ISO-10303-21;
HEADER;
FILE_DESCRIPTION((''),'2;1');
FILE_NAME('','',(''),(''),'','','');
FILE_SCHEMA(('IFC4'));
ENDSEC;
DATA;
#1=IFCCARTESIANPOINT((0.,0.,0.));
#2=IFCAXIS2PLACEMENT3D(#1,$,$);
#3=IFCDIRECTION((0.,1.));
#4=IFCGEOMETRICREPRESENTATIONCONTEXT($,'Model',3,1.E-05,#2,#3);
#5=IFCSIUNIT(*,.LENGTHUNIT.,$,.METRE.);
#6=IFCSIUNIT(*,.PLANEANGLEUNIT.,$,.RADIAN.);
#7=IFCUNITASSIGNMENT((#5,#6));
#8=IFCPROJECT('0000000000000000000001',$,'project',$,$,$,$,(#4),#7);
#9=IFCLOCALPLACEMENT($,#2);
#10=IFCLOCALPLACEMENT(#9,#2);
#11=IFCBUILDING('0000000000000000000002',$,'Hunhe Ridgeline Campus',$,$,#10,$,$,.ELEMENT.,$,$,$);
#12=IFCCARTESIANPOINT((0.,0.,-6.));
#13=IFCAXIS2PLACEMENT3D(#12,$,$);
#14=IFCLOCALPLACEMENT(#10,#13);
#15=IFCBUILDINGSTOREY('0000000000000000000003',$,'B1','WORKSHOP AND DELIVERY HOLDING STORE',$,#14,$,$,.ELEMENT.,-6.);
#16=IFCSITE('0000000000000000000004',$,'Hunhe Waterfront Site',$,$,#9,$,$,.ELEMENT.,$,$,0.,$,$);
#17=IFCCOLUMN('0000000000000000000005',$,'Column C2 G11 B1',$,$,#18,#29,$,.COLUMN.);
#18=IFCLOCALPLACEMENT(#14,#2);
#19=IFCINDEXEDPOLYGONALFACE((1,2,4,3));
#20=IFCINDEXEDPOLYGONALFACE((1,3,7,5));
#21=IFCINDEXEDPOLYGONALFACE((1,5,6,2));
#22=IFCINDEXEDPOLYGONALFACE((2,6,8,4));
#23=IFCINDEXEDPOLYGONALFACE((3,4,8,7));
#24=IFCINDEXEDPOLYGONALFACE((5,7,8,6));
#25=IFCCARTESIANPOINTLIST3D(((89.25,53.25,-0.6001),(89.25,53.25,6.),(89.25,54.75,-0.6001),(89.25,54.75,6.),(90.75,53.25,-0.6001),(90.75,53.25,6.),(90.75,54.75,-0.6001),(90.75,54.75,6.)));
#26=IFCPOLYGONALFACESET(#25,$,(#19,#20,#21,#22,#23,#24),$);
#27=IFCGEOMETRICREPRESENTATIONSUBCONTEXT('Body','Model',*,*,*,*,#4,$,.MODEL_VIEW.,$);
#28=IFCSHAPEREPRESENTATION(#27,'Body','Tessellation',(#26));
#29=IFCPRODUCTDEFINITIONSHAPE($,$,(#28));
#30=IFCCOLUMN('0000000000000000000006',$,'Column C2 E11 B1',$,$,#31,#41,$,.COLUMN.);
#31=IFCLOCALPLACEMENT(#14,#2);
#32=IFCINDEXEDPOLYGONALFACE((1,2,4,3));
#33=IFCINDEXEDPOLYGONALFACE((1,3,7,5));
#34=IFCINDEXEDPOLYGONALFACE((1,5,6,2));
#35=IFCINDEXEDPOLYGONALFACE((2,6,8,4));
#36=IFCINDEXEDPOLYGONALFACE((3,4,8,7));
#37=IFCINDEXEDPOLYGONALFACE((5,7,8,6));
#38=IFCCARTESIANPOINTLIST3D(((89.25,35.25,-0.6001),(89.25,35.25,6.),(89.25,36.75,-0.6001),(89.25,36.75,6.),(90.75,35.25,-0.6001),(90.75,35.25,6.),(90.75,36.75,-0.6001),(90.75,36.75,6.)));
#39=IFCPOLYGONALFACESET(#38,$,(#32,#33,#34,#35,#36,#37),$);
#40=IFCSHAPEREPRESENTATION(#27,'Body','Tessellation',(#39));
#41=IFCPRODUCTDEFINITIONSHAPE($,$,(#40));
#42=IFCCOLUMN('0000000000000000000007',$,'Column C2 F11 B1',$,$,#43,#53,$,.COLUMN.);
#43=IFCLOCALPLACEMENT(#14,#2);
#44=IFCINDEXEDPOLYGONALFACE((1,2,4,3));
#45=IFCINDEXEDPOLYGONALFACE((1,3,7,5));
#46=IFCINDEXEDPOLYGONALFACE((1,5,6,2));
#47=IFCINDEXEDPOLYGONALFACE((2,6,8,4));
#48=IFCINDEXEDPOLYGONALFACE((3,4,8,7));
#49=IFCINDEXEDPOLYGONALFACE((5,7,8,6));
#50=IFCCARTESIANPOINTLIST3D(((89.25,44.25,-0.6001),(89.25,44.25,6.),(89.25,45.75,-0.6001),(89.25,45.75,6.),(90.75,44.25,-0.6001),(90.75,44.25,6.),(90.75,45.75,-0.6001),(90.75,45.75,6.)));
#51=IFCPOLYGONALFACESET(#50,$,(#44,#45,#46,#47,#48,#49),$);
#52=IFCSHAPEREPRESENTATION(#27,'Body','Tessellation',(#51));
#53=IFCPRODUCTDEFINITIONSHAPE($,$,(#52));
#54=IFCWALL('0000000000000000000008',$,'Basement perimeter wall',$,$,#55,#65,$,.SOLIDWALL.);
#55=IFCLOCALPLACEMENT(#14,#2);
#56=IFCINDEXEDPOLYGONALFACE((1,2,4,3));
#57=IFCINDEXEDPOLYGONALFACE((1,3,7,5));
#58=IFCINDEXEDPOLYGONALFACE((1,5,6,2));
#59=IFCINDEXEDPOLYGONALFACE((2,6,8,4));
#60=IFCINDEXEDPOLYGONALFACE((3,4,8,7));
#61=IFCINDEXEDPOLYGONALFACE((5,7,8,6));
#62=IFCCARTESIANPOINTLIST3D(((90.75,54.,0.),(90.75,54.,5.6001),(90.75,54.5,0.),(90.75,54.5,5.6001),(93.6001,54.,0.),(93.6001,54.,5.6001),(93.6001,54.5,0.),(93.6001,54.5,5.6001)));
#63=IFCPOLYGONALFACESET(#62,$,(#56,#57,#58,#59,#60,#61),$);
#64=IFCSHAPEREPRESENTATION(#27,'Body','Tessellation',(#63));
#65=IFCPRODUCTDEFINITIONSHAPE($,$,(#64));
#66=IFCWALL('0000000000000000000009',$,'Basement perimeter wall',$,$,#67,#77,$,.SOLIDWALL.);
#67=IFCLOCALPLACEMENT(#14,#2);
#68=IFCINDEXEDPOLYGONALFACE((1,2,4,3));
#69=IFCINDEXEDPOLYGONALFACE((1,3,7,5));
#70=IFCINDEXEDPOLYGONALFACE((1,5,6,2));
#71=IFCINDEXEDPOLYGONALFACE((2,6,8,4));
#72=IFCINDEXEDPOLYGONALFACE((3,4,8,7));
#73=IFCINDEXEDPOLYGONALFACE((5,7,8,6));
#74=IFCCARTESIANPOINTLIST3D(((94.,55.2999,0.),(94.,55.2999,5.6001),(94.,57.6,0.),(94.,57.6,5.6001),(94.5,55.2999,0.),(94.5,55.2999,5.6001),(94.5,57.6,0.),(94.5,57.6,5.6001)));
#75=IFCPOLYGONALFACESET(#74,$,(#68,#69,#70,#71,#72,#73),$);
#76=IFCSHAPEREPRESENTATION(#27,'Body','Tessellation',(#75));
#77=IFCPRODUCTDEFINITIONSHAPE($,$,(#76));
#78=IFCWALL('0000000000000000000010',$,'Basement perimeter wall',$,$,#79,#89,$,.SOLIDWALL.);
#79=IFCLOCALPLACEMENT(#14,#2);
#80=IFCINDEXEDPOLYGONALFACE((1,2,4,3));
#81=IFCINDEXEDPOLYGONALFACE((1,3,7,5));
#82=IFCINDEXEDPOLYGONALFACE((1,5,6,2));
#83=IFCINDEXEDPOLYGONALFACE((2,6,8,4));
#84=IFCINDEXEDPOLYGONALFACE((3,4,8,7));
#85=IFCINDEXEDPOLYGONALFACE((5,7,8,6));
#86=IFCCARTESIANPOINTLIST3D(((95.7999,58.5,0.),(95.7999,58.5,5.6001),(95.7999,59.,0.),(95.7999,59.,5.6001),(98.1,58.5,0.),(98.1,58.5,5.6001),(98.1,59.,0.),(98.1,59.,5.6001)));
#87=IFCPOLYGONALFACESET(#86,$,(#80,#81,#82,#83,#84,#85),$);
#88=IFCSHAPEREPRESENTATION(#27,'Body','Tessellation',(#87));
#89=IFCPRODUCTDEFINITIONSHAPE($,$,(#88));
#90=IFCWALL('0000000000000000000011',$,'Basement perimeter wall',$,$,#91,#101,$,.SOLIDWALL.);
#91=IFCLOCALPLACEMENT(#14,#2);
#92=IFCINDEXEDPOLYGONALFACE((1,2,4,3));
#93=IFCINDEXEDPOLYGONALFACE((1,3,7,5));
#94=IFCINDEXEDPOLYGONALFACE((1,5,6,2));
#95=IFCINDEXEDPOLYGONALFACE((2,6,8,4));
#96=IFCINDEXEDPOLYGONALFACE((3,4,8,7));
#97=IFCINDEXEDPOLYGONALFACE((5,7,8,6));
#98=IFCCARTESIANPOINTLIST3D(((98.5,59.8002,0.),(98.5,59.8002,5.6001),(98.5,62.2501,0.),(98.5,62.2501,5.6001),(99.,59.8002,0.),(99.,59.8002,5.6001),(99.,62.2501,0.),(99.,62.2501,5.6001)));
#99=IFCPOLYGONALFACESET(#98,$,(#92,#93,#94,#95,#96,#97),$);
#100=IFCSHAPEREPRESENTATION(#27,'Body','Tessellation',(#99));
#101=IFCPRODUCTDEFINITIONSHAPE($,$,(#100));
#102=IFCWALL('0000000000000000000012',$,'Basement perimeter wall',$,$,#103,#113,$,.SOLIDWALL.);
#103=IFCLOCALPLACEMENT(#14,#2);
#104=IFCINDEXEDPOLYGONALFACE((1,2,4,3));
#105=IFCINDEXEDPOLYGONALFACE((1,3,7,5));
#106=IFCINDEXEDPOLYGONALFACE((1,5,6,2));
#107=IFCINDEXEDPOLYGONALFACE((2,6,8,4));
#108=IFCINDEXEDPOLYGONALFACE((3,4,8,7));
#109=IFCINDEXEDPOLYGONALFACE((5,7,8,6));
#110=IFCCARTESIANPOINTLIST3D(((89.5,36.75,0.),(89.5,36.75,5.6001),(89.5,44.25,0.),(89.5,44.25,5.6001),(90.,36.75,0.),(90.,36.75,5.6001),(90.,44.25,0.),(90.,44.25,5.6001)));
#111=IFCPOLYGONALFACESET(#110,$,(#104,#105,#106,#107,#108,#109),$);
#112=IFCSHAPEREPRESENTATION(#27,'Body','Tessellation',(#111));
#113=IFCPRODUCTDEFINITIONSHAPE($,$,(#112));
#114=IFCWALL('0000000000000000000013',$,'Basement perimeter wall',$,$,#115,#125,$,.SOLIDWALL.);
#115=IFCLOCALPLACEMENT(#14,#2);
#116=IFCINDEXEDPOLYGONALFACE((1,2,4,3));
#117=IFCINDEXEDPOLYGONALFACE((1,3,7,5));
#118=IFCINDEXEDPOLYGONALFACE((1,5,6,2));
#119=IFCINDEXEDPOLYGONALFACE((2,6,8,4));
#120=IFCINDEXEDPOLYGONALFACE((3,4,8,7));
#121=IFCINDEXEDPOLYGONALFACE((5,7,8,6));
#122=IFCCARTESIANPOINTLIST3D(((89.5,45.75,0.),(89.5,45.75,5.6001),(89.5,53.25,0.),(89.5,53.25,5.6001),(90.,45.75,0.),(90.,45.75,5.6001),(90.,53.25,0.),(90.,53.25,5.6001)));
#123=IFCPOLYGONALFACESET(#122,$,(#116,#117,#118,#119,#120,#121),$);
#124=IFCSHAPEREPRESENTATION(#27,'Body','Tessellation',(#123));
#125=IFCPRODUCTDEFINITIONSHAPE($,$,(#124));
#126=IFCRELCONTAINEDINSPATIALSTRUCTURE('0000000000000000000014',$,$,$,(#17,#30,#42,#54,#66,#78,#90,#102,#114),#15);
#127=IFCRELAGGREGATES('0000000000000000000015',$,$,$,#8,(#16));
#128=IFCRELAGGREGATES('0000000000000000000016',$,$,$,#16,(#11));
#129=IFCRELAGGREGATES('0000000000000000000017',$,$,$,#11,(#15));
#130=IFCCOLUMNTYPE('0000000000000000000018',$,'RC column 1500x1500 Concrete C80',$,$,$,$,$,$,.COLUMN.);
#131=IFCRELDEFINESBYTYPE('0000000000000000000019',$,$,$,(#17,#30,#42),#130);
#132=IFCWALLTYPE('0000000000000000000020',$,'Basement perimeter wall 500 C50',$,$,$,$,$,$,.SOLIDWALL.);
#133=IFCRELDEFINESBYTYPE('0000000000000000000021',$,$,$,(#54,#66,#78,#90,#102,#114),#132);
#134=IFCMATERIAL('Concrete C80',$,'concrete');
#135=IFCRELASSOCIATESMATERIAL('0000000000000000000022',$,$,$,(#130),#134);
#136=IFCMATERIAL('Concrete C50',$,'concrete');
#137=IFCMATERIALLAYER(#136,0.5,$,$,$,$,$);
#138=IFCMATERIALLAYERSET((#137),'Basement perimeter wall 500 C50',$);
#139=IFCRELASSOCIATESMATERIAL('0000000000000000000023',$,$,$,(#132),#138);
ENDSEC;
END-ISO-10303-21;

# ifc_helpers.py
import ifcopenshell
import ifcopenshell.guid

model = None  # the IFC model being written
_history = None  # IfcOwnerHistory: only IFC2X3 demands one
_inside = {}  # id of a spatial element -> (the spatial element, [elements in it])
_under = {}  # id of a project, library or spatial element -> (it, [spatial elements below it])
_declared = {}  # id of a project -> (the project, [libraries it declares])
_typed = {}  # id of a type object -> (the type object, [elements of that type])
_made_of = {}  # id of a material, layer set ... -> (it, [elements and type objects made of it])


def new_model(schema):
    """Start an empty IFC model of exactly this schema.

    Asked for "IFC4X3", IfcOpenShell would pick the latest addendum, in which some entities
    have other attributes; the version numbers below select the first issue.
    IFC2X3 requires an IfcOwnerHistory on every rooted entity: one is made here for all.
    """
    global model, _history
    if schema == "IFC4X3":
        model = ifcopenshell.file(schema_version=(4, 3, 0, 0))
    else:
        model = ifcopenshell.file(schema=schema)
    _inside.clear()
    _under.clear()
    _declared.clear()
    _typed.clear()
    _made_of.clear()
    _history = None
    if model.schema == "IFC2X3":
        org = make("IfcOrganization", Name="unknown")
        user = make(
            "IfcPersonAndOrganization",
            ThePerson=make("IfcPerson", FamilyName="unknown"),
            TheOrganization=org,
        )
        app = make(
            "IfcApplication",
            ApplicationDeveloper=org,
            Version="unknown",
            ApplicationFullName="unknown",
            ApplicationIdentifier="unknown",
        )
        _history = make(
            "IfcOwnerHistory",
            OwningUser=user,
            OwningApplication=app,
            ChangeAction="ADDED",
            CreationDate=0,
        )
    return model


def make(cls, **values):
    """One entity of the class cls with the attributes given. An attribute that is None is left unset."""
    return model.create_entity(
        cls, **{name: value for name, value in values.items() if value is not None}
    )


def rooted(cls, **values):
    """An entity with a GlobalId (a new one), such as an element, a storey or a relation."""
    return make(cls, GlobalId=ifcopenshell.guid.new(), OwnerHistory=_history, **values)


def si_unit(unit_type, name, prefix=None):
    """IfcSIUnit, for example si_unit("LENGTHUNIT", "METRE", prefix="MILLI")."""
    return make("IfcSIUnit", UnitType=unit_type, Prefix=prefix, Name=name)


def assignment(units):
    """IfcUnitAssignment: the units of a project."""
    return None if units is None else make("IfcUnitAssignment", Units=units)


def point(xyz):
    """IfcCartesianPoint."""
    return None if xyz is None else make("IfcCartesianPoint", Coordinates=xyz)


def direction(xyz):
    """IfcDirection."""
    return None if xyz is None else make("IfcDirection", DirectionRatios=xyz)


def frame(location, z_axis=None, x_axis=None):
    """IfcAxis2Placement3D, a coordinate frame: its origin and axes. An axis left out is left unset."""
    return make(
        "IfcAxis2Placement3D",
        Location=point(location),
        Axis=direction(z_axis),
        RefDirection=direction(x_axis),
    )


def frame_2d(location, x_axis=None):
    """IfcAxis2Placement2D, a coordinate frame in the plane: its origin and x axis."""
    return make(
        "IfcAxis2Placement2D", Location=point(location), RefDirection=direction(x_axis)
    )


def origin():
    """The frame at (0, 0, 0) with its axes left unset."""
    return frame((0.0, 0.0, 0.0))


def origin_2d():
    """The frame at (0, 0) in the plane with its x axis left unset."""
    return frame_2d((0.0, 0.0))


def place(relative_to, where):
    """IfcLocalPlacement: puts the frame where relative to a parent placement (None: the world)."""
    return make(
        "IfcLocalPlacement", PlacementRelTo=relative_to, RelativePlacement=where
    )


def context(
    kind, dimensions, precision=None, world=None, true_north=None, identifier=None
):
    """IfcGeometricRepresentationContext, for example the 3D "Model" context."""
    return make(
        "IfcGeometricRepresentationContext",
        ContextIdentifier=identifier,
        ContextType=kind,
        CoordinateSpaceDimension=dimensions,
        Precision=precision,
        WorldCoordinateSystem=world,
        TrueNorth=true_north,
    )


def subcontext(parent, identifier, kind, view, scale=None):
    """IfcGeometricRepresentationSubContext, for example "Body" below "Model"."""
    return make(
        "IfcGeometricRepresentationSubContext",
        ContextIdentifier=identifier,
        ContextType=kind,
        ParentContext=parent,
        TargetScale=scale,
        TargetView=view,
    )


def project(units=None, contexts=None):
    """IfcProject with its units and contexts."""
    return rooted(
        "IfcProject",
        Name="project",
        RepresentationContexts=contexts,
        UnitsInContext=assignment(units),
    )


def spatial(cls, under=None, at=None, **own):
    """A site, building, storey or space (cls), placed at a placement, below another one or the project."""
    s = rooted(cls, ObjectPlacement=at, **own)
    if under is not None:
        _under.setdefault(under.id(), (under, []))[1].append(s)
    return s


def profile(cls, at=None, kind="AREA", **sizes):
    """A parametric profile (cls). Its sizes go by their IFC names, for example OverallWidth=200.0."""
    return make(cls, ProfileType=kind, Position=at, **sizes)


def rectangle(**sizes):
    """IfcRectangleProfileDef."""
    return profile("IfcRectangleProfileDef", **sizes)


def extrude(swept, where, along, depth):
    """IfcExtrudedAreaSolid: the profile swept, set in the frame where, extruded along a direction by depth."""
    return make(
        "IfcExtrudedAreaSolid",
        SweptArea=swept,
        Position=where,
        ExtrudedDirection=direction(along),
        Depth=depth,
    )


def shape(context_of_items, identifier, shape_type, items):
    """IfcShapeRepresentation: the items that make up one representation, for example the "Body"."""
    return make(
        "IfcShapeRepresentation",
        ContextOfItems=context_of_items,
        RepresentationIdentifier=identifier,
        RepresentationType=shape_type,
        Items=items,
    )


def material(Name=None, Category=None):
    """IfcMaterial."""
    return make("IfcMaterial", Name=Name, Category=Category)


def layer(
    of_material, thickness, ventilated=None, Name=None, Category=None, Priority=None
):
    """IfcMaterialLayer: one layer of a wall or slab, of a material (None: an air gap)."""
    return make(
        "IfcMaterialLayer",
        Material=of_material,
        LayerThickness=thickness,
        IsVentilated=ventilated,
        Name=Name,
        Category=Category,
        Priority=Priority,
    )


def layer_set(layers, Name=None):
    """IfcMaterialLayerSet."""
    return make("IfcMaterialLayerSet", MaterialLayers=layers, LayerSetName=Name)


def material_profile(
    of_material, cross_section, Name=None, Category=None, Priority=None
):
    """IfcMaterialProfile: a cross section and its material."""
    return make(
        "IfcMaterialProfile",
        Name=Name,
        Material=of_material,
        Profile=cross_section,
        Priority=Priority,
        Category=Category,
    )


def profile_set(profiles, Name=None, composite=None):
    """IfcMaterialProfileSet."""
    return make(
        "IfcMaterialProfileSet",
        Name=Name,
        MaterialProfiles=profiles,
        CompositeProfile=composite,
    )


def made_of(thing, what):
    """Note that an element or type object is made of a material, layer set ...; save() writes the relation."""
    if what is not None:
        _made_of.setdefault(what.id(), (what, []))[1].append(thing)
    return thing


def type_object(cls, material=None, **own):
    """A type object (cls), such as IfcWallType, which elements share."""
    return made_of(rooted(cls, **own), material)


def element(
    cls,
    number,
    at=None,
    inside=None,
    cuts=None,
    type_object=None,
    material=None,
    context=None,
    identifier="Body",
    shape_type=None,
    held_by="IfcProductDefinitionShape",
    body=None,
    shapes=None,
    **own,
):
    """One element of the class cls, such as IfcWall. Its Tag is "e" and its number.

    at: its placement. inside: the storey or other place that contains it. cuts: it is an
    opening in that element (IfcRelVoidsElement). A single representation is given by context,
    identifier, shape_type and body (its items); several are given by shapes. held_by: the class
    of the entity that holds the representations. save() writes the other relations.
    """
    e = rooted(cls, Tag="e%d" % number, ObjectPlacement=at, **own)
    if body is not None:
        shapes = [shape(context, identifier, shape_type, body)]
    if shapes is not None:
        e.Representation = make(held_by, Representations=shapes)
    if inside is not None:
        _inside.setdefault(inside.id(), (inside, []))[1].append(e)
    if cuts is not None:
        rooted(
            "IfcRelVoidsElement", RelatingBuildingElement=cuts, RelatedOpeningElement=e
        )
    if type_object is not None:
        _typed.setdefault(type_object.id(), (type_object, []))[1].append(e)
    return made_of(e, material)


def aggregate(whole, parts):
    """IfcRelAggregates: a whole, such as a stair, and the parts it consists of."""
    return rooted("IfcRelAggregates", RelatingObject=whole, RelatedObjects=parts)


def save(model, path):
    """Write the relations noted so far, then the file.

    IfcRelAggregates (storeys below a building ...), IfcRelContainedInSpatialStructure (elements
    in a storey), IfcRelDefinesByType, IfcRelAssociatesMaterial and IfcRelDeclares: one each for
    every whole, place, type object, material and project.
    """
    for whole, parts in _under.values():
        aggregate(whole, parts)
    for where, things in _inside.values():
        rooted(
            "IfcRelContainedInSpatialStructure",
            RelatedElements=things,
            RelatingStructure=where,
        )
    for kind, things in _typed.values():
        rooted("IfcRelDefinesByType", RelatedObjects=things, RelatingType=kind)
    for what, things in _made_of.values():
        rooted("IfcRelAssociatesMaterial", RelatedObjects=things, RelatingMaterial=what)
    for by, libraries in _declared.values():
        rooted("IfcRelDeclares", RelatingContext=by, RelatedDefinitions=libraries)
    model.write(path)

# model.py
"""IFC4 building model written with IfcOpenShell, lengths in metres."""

from ifc_helpers import new_model, si_unit, direction, frame, frame_2d, origin, origin_2d, place, context, subcontext, project, spatial, rectangle, extrude, material, layer, layer_set, material_profile, profile_set, type_object, element, save


model = new_model("IFC4")

# Units and contexts
model_context = context("Model", 3, precision=1e-05, world=origin(), true_north=direction((0.0, 1.0)))
body_context = subcontext(model_context, "Body", "Model", "MODEL_VIEW")
ifc_project = project(units=[si_unit("LENGTHUNIT", "METRE"), si_unit("PLANEANGLEUNIT", "RADIAN")], contexts=[model_context])

# Site, building, storey
site_placement = place(None, origin())
site = spatial("IfcSite", under=ifc_project, at=site_placement, Name="Hunhe Waterfront Site", CompositionType="ELEMENT", RefElevation=0.0)
building_placement = place(site_placement, origin())
building = spatial("IfcBuilding", under=site, at=building_placement, Name="Hunhe Ridgeline Campus", CompositionType="ELEMENT")
storey_placement = place(building_placement, frame((0.0, 0.0, -6.0)))
storey = spatial("IfcBuildingStorey", under=building, at=storey_placement, Name="B1", Description="WORKSHOP AND DELIVERY HOLDING STORE", CompositionType="ELEMENT", Elevation=-6.0)

# Columns
ifc_material_1 = material(Name="Concrete C80", Category="concrete")
ifc_material_profile_1 = material_profile(ifc_material_1, rectangle(XDim=1.5, YDim=1.5, at=origin_2d()))
ifc_profile_set_1 = profile_set([ifc_material_profile_1], Name="Concrete C80")
column_type_1 = type_object("IfcColumnType", Name="RC column 1500x1500 Concrete C80", PredefinedType="COLUMN", material=ifc_profile_set_1)
for number, where, z_axis, x_axis, name in (
    (1, (90.0, 54.0, -0.6001), (0.0, 0.0, 1.0), (1.0, 0.0, 0.0), "Column C2 G11 B1"),
    (2, (90.0, 36.0, -0.6001), (0.0, 0.0, 1.0), (1.0, 0.0, 0.0), "Column C2 E11 B1"),
    (3, (90.0, 45.0, -0.6001), (0.0, 0.0, 1.0), (1.0, 0.0, 0.0), "Column C2 F11 B1"),
):
    element("IfcColumn", number, at=place(storey_placement, frame(where, z_axis=z_axis, x_axis=x_axis)), inside=storey, type_object=column_type_1, Name=name, PredefinedType="COLUMN", context=body_context, shape_type="SweptSolid", body=[
        extrude(rectangle(XDim=1.5, YDim=1.5, at=origin_2d()), origin(), (0.0, 0.0, 1.0), 6.6001),
    ])

# Walls
ifc_material_2 = material(Name="Concrete C50", Category="concrete")
ifc_layer_1 = layer(ifc_material_2, 0.5)
ifc_layer_set_1 = layer_set([ifc_layer_1], Name="Basement perimeter wall 500 C50")
wall_type_1 = type_object("IfcWallType", Name="Basement perimeter wall 500 C50", PredefinedType="SOLIDWALL", material=ifc_layer_set_1)
wall_1_placement = place(storey_placement, frame((90.75, 54.25, 0.0), z_axis=(0.0, 0.0, 1.0), x_axis=(1.0, 0.0, 0.0)))
element("IfcWall", 4, at=wall_1_placement, inside=storey, type_object=wall_type_1, Name="Basement perimeter wall", PredefinedType="SOLIDWALL", context=body_context, shape_type="SweptSolid", body=[
    extrude(rectangle(XDim=2.8501, YDim=0.5, at=frame_2d((1.425, 0.0))), origin(), (0.0, 0.0, 1.0), 5.6001),
])
for number, where, z_axis, x_axis, name in (
    (5, (94.25, 55.3, 0.0), (0.0, 0.0, 1.0), (0.0, 1.0, 0.0), "Basement perimeter wall"),
    (6, (95.8, 58.75, 0.0), (0.0, 0.0, 1.0), (1.0, 0.0, 0.0), "Basement perimeter wall"),
):
    element("IfcWall", number, at=place(storey_placement, frame(where, z_axis=z_axis, x_axis=x_axis)), inside=storey, type_object=wall_type_1, Name=name, PredefinedType="SOLIDWALL", context=body_context, shape_type="SweptSolid", body=[
        extrude(rectangle(XDim=2.3, YDim=0.5, at=frame_2d((1.1499, 0.0))), origin(), (0.0, 0.0, 1.0), 5.6001),
    ])
wall_2_placement = place(storey_placement, frame((98.75, 59.8, 0.0), z_axis=(0.0, 0.0, 1.0), x_axis=(0.0, 1.0, 0.0)))
element("IfcWall", 7, at=wall_2_placement, inside=storey, type_object=wall_type_1, Name="Basement perimeter wall", PredefinedType="SOLIDWALL", context=body_context, shape_type="SweptSolid", body=[
    extrude(rectangle(XDim=2.45, YDim=0.5, at=frame_2d((1.2251, 0.0))), origin(), (0.0, 0.0, 1.0), 5.6001),
])
for number, where, z_axis, x_axis, name in (
    (8, (89.75, 36.75, 0.0), (0.0, 0.0, 1.0), (0.0, 1.0, 0.0), "Basement perimeter wall"),
    (9, (89.75, 45.75, 0.0), (0.0, 0.0, 1.0), (0.0, 1.0, 0.0), "Basement perimeter wall"),
):
    element("IfcWall", number, at=place(storey_placement, frame(where, z_axis=z_axis, x_axis=x_axis)), inside=storey, type_object=wall_type_1, Name=name, PredefinedType="SOLIDWALL", context=body_context, shape_type="SweptSolid", body=[
        extrude(rectangle(XDim=7.5, YDim=0.5, at=frame_2d((3.75, 0.0))), origin(), (0.0, 0.0, 1.0), 5.6001),
    ])

save(model, "model.ifc")
